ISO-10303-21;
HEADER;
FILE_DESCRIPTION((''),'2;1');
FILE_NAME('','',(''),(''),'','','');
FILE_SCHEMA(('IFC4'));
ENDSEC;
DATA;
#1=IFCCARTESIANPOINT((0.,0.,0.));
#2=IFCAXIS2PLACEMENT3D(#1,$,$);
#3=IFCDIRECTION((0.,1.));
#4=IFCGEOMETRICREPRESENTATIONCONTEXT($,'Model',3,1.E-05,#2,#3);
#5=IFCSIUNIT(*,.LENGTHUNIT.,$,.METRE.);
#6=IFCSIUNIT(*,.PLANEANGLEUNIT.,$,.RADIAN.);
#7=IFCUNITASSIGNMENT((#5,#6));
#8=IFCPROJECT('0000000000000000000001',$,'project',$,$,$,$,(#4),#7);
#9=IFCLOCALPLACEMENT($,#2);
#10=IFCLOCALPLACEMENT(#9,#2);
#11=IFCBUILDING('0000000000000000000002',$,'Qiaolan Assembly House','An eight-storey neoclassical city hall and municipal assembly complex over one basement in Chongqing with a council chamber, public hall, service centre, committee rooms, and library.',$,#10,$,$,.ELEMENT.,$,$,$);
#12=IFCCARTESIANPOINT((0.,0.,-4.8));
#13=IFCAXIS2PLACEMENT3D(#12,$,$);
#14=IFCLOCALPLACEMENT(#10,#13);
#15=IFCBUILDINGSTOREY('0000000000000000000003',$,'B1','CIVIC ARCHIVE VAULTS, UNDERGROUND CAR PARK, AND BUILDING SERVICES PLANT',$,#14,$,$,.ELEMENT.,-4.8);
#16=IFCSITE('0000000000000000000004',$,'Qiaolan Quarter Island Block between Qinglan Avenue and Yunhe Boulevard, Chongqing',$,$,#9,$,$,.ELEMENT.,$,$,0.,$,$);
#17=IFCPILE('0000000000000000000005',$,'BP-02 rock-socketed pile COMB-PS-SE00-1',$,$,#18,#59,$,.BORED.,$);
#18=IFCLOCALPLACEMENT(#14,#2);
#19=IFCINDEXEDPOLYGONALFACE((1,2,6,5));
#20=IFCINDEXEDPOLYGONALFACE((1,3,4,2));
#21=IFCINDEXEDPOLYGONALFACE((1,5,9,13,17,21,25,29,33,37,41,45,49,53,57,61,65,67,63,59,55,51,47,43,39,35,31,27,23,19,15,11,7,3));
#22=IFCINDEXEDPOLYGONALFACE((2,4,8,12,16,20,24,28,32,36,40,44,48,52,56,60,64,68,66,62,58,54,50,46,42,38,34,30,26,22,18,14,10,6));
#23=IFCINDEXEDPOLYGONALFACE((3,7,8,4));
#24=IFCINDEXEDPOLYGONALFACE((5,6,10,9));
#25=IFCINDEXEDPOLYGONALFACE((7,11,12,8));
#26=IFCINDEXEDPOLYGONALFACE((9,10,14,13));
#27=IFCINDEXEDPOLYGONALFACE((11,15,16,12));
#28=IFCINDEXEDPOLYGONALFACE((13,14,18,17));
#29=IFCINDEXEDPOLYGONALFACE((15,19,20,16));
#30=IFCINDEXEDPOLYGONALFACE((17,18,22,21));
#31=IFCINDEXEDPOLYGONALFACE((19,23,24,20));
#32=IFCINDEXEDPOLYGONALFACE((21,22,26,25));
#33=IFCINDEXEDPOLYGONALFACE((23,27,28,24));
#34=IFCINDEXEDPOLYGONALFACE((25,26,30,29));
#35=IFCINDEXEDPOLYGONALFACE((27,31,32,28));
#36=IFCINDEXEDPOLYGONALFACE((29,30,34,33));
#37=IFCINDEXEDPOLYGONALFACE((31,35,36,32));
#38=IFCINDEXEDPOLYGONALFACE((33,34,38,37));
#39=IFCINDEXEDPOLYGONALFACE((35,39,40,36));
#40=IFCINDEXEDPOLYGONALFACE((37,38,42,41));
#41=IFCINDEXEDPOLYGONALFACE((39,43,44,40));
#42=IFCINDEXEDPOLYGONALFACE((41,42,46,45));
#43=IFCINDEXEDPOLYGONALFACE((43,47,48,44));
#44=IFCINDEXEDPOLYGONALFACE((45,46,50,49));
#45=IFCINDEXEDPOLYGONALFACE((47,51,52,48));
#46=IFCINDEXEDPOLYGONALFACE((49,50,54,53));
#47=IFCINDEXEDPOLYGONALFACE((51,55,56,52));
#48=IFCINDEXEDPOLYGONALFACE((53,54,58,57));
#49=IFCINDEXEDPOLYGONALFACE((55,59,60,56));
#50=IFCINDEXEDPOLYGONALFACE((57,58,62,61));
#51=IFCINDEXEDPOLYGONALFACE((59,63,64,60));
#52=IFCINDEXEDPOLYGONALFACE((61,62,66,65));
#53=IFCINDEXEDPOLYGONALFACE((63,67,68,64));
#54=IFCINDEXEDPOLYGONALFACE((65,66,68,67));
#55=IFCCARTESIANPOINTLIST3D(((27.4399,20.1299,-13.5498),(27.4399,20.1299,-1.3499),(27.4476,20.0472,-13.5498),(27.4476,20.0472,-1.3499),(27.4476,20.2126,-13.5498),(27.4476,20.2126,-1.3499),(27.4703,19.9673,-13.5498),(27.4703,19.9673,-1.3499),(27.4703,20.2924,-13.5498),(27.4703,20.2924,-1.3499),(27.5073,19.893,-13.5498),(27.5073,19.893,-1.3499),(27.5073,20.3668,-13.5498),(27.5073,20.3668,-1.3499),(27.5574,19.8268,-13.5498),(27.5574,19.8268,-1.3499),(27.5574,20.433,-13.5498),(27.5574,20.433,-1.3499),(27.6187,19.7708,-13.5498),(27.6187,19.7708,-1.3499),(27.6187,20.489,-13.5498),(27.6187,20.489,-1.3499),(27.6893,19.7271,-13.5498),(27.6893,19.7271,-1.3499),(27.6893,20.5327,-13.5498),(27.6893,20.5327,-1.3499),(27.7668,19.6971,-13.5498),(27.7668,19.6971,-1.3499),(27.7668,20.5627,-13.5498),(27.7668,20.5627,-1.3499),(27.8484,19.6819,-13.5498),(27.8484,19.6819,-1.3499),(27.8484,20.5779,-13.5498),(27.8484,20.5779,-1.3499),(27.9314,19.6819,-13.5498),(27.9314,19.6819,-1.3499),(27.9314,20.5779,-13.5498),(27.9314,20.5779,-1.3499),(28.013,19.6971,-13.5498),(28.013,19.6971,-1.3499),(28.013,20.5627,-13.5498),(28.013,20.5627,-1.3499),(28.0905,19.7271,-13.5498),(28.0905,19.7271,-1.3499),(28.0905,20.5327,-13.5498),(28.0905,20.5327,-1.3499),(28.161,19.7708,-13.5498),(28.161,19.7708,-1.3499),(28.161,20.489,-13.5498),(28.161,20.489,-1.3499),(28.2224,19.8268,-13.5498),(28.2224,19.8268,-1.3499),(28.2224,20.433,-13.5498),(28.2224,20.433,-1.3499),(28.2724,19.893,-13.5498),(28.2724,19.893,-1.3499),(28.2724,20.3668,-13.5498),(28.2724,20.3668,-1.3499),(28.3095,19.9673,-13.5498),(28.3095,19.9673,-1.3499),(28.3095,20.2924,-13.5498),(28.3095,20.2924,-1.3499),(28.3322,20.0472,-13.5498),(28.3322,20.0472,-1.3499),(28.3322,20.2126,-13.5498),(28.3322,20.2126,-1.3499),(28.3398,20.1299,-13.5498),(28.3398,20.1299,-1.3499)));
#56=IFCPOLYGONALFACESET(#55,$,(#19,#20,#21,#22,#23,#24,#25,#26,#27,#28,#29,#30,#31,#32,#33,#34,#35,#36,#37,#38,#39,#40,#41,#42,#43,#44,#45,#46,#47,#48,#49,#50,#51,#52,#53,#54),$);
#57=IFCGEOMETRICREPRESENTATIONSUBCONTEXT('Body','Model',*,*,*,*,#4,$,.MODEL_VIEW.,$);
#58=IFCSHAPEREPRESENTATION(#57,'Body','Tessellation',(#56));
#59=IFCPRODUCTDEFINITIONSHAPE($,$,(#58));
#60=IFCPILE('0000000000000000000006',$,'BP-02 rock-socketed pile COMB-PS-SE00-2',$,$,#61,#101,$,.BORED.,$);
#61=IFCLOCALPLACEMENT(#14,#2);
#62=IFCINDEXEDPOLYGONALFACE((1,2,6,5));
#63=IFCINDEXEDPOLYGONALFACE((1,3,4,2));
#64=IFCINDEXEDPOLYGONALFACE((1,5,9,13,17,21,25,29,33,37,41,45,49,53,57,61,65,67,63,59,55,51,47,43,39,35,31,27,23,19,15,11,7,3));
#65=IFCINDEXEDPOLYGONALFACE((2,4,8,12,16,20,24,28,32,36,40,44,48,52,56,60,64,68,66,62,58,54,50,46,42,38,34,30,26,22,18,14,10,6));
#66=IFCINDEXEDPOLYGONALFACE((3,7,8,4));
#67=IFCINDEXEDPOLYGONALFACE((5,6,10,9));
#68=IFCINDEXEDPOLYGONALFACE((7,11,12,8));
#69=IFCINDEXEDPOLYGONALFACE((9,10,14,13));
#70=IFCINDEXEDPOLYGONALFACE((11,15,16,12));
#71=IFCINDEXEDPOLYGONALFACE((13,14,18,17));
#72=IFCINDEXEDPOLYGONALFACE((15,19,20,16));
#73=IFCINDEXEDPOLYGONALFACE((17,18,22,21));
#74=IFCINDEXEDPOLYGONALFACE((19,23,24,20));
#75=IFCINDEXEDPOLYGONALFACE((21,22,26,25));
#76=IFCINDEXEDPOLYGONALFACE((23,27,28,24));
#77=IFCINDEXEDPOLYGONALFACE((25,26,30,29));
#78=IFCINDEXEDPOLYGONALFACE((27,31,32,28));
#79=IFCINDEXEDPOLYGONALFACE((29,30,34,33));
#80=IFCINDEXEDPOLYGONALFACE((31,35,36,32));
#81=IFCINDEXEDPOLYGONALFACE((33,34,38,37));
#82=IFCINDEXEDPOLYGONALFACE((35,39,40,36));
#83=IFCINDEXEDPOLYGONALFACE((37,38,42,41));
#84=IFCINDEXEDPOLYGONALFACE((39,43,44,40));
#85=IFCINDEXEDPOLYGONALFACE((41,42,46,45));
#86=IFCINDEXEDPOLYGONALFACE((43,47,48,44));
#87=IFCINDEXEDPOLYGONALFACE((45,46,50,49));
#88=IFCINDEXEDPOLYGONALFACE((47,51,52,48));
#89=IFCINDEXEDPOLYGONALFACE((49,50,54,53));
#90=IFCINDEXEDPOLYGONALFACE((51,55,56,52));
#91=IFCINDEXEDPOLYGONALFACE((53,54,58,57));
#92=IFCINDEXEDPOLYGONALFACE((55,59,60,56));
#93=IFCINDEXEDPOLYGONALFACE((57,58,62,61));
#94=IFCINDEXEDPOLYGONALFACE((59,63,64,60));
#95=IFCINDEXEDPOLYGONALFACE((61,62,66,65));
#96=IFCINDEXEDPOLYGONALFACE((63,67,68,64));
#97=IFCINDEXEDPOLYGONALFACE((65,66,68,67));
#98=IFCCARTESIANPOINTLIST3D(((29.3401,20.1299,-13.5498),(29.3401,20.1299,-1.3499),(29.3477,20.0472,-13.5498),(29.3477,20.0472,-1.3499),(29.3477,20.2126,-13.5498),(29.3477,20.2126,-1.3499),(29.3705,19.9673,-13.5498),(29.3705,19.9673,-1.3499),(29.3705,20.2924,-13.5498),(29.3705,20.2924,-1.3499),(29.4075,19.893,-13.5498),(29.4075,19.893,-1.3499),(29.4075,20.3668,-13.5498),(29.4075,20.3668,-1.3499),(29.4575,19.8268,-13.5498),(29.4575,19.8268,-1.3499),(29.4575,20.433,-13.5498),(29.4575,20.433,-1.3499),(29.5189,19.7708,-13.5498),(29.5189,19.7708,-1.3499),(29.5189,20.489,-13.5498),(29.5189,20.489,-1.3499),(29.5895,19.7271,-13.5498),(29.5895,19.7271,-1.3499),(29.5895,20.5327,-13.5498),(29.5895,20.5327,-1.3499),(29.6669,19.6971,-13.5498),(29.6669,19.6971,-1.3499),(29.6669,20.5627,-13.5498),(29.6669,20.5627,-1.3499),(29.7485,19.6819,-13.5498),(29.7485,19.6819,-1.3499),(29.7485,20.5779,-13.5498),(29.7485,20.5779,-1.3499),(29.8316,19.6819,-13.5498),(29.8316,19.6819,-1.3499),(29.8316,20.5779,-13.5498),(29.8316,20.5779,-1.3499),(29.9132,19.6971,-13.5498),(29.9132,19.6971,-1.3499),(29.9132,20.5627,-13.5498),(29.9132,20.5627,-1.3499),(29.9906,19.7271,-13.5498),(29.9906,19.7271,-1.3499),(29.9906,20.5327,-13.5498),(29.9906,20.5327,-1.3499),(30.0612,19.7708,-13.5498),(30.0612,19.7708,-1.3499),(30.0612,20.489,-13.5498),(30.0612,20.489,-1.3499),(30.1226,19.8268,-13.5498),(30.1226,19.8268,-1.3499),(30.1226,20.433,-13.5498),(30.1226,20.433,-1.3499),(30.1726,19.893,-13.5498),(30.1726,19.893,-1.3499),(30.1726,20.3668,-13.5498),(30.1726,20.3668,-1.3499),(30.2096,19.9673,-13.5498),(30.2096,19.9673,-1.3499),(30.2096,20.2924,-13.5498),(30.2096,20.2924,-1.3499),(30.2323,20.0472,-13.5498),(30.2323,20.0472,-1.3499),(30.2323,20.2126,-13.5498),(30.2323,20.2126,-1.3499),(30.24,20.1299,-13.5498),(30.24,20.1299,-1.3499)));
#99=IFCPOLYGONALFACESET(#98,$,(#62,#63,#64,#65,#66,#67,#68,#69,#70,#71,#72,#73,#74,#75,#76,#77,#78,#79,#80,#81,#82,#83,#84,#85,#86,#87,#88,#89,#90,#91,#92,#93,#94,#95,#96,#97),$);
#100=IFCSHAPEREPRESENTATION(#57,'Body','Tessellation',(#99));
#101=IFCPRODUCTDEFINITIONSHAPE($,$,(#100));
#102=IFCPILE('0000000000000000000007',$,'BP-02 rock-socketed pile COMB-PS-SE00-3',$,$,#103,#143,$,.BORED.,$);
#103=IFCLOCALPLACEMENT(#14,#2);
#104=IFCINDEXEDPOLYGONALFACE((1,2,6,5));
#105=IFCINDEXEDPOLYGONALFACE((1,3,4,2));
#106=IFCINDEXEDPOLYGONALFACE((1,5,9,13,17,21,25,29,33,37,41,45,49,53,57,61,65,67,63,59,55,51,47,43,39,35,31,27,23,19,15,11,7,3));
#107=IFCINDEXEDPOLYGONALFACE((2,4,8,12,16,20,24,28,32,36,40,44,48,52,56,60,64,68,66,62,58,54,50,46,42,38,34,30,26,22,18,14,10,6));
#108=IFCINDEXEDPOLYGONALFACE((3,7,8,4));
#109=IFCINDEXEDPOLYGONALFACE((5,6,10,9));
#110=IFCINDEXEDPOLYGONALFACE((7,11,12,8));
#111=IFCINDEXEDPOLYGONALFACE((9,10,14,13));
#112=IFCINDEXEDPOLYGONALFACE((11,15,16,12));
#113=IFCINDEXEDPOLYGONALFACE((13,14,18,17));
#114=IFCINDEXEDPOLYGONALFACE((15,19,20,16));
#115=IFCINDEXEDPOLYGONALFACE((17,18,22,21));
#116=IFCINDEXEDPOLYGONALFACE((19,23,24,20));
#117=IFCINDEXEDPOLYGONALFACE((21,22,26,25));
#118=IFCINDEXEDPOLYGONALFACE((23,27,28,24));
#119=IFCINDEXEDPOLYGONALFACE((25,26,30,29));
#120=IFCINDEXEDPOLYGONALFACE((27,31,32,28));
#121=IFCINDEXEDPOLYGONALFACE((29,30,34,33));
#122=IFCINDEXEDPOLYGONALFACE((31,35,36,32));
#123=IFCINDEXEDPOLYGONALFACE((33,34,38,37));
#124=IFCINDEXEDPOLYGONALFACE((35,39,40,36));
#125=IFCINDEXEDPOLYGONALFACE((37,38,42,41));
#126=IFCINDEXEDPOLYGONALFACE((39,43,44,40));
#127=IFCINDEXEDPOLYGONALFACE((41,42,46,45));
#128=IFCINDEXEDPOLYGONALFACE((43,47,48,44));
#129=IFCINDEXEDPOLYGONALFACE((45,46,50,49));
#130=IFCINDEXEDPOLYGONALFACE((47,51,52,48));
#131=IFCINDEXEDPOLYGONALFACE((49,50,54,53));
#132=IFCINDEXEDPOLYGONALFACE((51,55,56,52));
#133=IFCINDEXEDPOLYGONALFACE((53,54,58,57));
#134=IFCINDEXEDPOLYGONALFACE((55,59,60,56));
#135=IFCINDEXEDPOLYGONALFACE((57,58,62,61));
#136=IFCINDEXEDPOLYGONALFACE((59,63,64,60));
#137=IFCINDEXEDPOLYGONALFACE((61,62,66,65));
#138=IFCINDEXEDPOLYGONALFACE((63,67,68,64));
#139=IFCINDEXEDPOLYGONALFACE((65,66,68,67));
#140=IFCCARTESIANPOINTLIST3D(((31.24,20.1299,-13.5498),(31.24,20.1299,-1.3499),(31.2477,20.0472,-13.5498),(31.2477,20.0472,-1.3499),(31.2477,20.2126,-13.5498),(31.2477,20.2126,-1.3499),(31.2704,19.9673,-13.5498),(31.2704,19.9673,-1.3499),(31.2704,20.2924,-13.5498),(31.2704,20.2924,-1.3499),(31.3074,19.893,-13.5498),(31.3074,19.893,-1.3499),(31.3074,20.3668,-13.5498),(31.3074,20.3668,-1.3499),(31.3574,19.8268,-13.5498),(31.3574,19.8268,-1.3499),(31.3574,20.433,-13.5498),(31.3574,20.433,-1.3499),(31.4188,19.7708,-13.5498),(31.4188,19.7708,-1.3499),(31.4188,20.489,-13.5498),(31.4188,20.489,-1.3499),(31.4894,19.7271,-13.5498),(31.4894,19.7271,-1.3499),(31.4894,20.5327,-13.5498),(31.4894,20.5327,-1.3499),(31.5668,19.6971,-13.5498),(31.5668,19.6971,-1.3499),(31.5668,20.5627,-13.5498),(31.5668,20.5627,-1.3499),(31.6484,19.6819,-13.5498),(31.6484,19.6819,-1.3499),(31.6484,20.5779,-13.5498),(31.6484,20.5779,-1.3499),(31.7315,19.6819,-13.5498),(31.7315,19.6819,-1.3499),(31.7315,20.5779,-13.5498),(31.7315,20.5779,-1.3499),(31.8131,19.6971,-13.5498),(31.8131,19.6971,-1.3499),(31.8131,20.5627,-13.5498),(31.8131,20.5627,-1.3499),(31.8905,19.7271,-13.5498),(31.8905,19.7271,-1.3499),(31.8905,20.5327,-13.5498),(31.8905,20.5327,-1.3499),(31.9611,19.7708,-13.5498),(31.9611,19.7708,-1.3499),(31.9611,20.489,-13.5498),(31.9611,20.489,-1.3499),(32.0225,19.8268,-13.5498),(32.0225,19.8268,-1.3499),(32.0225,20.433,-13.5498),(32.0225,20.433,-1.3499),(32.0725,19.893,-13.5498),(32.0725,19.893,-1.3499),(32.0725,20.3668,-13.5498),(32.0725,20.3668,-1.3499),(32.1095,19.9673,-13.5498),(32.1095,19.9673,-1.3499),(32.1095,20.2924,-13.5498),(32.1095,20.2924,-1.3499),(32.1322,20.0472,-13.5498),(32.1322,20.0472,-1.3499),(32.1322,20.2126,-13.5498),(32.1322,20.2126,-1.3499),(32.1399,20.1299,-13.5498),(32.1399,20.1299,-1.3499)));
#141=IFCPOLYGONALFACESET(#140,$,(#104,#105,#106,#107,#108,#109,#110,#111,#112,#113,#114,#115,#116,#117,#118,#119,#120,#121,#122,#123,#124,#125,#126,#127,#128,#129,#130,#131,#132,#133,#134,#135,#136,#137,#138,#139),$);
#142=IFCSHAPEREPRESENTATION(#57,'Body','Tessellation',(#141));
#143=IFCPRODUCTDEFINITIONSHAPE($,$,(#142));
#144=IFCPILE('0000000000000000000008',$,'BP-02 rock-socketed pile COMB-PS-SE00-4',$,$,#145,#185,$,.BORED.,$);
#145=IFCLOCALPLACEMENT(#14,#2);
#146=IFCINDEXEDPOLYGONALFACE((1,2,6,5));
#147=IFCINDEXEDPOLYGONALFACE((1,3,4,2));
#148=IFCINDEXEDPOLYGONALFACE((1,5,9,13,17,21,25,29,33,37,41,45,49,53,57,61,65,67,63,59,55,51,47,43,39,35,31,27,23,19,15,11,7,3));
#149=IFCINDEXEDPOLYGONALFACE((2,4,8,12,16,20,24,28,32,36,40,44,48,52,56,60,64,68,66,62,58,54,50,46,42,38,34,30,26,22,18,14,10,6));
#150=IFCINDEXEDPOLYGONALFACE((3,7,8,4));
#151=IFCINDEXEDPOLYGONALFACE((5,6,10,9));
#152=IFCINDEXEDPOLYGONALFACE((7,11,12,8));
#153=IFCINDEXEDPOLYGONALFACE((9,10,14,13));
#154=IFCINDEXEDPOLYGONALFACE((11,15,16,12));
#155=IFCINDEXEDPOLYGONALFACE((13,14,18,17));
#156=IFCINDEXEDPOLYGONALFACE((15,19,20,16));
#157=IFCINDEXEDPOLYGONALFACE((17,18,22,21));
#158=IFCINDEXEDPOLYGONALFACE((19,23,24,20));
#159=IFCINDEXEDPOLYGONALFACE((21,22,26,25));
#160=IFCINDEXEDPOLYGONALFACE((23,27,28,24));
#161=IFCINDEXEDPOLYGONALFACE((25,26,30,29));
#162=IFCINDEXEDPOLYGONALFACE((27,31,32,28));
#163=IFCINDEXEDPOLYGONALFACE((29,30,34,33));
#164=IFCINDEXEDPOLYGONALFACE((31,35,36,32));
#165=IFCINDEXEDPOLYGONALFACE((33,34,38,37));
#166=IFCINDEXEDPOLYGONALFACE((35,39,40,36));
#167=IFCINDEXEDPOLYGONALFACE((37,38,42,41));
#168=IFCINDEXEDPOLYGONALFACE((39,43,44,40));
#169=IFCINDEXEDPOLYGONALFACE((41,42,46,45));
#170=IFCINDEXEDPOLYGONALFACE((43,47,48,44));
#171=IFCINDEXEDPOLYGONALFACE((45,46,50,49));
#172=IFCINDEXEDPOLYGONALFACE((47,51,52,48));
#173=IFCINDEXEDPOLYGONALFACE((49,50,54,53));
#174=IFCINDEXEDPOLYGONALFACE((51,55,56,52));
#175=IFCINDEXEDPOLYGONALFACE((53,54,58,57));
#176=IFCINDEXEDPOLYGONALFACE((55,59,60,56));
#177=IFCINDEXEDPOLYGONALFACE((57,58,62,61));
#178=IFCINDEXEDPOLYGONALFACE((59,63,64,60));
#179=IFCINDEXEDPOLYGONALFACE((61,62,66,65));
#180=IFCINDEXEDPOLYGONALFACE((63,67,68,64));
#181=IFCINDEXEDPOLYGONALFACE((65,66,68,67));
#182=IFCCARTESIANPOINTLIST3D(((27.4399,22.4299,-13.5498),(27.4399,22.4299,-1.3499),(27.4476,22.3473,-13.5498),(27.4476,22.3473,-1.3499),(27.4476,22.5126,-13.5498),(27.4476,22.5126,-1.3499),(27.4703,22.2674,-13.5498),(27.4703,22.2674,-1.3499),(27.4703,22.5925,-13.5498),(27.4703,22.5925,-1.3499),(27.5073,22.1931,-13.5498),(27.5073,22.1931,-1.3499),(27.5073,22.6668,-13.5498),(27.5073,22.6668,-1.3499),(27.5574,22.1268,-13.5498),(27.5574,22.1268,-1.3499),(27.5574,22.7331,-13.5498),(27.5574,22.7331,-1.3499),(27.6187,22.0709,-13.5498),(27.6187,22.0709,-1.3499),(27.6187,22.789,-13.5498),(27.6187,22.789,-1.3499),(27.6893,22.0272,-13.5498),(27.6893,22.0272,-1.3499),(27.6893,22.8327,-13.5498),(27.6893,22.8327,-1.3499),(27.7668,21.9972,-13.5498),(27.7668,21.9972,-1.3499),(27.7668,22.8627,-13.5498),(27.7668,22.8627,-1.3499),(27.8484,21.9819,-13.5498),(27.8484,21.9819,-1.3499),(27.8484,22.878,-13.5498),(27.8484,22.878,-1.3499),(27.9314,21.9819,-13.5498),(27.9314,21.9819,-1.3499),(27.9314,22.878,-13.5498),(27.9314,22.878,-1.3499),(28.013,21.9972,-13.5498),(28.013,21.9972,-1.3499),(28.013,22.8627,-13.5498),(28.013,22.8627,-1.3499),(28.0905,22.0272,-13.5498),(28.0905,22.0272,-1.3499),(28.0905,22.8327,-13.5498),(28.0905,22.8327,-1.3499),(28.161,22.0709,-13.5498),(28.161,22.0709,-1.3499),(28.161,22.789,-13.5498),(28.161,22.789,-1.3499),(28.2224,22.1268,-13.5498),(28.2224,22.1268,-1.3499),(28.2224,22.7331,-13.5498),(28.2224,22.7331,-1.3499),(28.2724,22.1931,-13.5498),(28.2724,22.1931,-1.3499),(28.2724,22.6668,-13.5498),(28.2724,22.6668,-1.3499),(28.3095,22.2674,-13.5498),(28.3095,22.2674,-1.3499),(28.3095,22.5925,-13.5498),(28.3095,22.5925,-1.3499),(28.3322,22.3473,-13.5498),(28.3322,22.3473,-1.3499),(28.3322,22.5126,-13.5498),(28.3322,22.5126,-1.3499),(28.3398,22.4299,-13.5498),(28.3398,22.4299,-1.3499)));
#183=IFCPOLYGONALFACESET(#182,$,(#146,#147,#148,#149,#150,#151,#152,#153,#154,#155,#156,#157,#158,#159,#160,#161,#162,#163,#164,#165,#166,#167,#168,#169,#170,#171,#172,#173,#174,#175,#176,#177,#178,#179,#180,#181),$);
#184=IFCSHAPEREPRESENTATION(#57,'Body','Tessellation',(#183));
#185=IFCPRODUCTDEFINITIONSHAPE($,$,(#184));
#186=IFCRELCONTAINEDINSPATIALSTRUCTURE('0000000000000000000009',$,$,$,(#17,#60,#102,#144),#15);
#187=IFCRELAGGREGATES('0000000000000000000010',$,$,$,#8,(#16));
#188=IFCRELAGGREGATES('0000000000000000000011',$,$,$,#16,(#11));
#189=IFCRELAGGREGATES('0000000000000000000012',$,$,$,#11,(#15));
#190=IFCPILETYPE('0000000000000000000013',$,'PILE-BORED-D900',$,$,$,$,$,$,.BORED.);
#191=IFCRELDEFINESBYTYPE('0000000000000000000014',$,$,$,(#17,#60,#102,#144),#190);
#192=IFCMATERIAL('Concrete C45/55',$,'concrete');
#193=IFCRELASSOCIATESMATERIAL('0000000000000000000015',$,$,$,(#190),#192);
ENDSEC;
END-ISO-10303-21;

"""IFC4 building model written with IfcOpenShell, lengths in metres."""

from ifc_helpers import new_model, si_unit, direction, frame, origin, origin_2d, place, context, subcontext, project, spatial, circle, extrude, material, material_profile, profile_set, type_object, element, save


model = new_model("IFC4")

# Units and contexts
model_context = context("Model", 3, precision=1e-05, world=origin(), true_north=direction((0.0, 1.0)))
body_context = subcontext(model_context, "Body", "Model", "MODEL_VIEW")
ifc_project = project(units=[si_unit("LENGTHUNIT", "METRE"), si_unit("PLANEANGLEUNIT", "RADIAN")], contexts=[model_context])

# Site, building, storey
site_placement = place(None, origin())
site = spatial("IfcSite", under=ifc_project, at=site_placement, Name="Qiaolan Quarter Island Block between Qinglan Avenue and Yunhe Boulevard, Chongqing", CompositionType="ELEMENT", RefElevation=0.0)
building_placement = place(site_placement, origin())
building = spatial("IfcBuilding", under=site, at=building_placement, Name="Qiaolan Assembly House", Description="An eight-storey neoclassical city hall and municipal assembly complex over one basement in Chongqing with a council chamber, public hall, service centre, committee rooms, and library.", CompositionType="ELEMENT")
storey_placement = place(building_placement, frame((0.0, 0.0, -4.8)))
storey = spatial("IfcBuildingStorey", under=building, at=storey_placement, Name="B1", Description="CIVIC ARCHIVE VAULTS, UNDERGROUND CAR PARK, AND BUILDING SERVICES PLANT", CompositionType="ELEMENT", Elevation=-4.8)

# Piles
ifc_material_1 = material(Name="Concrete C45/55", Category="concrete")
ifc_material_profile_1 = material_profile(ifc_material_1, circle(Radius=0.45, at=origin_2d()), Name="PILE D900")
ifc_profile_set_1 = profile_set([ifc_material_profile_1], Name="Concrete C45/55")
pile_type_1 = type_object("IfcPileType", Name="PILE-BORED-D900", PredefinedType="BORED", material=ifc_profile_set_1)
for number, where, z_axis, x_axis, name in (
    (1, (27.8899, 20.1299, -1.3499), (0.0, 0.0, -1.0), (1.0, 0.0, 0.0), "BP-02 rock-socketed pile COMB-PS-SE00-1"),
    (2, (29.79, 20.1299, -1.3499), (0.0, 0.0, -1.0), (1.0, 0.0, 0.0), "BP-02 rock-socketed pile COMB-PS-SE00-2"),
    (3, (31.6899, 20.1299, -1.3499), (0.0, 0.0, -1.0), (1.0, 0.0, 0.0), "BP-02 rock-socketed pile COMB-PS-SE00-3"),
    (4, (27.8899, 22.4299, -1.3499), (0.0, 0.0, -1.0), (1.0, 0.0, 0.0), "BP-02 rock-socketed pile COMB-PS-SE00-4"),
):
    element("IfcPile", number, at=place(storey_placement, frame(where, z_axis=z_axis, x_axis=x_axis)), inside=storey, type_object=pile_type_1, Name=name, PredefinedType="BORED", context=body_context, shape_type="SweptSolid", body=[
        extrude(circle(Radius=0.45, at=origin_2d()), origin(), (0.0, 0.0, 1.0), 12.2),
    ])

save(model, "model.ifc")
